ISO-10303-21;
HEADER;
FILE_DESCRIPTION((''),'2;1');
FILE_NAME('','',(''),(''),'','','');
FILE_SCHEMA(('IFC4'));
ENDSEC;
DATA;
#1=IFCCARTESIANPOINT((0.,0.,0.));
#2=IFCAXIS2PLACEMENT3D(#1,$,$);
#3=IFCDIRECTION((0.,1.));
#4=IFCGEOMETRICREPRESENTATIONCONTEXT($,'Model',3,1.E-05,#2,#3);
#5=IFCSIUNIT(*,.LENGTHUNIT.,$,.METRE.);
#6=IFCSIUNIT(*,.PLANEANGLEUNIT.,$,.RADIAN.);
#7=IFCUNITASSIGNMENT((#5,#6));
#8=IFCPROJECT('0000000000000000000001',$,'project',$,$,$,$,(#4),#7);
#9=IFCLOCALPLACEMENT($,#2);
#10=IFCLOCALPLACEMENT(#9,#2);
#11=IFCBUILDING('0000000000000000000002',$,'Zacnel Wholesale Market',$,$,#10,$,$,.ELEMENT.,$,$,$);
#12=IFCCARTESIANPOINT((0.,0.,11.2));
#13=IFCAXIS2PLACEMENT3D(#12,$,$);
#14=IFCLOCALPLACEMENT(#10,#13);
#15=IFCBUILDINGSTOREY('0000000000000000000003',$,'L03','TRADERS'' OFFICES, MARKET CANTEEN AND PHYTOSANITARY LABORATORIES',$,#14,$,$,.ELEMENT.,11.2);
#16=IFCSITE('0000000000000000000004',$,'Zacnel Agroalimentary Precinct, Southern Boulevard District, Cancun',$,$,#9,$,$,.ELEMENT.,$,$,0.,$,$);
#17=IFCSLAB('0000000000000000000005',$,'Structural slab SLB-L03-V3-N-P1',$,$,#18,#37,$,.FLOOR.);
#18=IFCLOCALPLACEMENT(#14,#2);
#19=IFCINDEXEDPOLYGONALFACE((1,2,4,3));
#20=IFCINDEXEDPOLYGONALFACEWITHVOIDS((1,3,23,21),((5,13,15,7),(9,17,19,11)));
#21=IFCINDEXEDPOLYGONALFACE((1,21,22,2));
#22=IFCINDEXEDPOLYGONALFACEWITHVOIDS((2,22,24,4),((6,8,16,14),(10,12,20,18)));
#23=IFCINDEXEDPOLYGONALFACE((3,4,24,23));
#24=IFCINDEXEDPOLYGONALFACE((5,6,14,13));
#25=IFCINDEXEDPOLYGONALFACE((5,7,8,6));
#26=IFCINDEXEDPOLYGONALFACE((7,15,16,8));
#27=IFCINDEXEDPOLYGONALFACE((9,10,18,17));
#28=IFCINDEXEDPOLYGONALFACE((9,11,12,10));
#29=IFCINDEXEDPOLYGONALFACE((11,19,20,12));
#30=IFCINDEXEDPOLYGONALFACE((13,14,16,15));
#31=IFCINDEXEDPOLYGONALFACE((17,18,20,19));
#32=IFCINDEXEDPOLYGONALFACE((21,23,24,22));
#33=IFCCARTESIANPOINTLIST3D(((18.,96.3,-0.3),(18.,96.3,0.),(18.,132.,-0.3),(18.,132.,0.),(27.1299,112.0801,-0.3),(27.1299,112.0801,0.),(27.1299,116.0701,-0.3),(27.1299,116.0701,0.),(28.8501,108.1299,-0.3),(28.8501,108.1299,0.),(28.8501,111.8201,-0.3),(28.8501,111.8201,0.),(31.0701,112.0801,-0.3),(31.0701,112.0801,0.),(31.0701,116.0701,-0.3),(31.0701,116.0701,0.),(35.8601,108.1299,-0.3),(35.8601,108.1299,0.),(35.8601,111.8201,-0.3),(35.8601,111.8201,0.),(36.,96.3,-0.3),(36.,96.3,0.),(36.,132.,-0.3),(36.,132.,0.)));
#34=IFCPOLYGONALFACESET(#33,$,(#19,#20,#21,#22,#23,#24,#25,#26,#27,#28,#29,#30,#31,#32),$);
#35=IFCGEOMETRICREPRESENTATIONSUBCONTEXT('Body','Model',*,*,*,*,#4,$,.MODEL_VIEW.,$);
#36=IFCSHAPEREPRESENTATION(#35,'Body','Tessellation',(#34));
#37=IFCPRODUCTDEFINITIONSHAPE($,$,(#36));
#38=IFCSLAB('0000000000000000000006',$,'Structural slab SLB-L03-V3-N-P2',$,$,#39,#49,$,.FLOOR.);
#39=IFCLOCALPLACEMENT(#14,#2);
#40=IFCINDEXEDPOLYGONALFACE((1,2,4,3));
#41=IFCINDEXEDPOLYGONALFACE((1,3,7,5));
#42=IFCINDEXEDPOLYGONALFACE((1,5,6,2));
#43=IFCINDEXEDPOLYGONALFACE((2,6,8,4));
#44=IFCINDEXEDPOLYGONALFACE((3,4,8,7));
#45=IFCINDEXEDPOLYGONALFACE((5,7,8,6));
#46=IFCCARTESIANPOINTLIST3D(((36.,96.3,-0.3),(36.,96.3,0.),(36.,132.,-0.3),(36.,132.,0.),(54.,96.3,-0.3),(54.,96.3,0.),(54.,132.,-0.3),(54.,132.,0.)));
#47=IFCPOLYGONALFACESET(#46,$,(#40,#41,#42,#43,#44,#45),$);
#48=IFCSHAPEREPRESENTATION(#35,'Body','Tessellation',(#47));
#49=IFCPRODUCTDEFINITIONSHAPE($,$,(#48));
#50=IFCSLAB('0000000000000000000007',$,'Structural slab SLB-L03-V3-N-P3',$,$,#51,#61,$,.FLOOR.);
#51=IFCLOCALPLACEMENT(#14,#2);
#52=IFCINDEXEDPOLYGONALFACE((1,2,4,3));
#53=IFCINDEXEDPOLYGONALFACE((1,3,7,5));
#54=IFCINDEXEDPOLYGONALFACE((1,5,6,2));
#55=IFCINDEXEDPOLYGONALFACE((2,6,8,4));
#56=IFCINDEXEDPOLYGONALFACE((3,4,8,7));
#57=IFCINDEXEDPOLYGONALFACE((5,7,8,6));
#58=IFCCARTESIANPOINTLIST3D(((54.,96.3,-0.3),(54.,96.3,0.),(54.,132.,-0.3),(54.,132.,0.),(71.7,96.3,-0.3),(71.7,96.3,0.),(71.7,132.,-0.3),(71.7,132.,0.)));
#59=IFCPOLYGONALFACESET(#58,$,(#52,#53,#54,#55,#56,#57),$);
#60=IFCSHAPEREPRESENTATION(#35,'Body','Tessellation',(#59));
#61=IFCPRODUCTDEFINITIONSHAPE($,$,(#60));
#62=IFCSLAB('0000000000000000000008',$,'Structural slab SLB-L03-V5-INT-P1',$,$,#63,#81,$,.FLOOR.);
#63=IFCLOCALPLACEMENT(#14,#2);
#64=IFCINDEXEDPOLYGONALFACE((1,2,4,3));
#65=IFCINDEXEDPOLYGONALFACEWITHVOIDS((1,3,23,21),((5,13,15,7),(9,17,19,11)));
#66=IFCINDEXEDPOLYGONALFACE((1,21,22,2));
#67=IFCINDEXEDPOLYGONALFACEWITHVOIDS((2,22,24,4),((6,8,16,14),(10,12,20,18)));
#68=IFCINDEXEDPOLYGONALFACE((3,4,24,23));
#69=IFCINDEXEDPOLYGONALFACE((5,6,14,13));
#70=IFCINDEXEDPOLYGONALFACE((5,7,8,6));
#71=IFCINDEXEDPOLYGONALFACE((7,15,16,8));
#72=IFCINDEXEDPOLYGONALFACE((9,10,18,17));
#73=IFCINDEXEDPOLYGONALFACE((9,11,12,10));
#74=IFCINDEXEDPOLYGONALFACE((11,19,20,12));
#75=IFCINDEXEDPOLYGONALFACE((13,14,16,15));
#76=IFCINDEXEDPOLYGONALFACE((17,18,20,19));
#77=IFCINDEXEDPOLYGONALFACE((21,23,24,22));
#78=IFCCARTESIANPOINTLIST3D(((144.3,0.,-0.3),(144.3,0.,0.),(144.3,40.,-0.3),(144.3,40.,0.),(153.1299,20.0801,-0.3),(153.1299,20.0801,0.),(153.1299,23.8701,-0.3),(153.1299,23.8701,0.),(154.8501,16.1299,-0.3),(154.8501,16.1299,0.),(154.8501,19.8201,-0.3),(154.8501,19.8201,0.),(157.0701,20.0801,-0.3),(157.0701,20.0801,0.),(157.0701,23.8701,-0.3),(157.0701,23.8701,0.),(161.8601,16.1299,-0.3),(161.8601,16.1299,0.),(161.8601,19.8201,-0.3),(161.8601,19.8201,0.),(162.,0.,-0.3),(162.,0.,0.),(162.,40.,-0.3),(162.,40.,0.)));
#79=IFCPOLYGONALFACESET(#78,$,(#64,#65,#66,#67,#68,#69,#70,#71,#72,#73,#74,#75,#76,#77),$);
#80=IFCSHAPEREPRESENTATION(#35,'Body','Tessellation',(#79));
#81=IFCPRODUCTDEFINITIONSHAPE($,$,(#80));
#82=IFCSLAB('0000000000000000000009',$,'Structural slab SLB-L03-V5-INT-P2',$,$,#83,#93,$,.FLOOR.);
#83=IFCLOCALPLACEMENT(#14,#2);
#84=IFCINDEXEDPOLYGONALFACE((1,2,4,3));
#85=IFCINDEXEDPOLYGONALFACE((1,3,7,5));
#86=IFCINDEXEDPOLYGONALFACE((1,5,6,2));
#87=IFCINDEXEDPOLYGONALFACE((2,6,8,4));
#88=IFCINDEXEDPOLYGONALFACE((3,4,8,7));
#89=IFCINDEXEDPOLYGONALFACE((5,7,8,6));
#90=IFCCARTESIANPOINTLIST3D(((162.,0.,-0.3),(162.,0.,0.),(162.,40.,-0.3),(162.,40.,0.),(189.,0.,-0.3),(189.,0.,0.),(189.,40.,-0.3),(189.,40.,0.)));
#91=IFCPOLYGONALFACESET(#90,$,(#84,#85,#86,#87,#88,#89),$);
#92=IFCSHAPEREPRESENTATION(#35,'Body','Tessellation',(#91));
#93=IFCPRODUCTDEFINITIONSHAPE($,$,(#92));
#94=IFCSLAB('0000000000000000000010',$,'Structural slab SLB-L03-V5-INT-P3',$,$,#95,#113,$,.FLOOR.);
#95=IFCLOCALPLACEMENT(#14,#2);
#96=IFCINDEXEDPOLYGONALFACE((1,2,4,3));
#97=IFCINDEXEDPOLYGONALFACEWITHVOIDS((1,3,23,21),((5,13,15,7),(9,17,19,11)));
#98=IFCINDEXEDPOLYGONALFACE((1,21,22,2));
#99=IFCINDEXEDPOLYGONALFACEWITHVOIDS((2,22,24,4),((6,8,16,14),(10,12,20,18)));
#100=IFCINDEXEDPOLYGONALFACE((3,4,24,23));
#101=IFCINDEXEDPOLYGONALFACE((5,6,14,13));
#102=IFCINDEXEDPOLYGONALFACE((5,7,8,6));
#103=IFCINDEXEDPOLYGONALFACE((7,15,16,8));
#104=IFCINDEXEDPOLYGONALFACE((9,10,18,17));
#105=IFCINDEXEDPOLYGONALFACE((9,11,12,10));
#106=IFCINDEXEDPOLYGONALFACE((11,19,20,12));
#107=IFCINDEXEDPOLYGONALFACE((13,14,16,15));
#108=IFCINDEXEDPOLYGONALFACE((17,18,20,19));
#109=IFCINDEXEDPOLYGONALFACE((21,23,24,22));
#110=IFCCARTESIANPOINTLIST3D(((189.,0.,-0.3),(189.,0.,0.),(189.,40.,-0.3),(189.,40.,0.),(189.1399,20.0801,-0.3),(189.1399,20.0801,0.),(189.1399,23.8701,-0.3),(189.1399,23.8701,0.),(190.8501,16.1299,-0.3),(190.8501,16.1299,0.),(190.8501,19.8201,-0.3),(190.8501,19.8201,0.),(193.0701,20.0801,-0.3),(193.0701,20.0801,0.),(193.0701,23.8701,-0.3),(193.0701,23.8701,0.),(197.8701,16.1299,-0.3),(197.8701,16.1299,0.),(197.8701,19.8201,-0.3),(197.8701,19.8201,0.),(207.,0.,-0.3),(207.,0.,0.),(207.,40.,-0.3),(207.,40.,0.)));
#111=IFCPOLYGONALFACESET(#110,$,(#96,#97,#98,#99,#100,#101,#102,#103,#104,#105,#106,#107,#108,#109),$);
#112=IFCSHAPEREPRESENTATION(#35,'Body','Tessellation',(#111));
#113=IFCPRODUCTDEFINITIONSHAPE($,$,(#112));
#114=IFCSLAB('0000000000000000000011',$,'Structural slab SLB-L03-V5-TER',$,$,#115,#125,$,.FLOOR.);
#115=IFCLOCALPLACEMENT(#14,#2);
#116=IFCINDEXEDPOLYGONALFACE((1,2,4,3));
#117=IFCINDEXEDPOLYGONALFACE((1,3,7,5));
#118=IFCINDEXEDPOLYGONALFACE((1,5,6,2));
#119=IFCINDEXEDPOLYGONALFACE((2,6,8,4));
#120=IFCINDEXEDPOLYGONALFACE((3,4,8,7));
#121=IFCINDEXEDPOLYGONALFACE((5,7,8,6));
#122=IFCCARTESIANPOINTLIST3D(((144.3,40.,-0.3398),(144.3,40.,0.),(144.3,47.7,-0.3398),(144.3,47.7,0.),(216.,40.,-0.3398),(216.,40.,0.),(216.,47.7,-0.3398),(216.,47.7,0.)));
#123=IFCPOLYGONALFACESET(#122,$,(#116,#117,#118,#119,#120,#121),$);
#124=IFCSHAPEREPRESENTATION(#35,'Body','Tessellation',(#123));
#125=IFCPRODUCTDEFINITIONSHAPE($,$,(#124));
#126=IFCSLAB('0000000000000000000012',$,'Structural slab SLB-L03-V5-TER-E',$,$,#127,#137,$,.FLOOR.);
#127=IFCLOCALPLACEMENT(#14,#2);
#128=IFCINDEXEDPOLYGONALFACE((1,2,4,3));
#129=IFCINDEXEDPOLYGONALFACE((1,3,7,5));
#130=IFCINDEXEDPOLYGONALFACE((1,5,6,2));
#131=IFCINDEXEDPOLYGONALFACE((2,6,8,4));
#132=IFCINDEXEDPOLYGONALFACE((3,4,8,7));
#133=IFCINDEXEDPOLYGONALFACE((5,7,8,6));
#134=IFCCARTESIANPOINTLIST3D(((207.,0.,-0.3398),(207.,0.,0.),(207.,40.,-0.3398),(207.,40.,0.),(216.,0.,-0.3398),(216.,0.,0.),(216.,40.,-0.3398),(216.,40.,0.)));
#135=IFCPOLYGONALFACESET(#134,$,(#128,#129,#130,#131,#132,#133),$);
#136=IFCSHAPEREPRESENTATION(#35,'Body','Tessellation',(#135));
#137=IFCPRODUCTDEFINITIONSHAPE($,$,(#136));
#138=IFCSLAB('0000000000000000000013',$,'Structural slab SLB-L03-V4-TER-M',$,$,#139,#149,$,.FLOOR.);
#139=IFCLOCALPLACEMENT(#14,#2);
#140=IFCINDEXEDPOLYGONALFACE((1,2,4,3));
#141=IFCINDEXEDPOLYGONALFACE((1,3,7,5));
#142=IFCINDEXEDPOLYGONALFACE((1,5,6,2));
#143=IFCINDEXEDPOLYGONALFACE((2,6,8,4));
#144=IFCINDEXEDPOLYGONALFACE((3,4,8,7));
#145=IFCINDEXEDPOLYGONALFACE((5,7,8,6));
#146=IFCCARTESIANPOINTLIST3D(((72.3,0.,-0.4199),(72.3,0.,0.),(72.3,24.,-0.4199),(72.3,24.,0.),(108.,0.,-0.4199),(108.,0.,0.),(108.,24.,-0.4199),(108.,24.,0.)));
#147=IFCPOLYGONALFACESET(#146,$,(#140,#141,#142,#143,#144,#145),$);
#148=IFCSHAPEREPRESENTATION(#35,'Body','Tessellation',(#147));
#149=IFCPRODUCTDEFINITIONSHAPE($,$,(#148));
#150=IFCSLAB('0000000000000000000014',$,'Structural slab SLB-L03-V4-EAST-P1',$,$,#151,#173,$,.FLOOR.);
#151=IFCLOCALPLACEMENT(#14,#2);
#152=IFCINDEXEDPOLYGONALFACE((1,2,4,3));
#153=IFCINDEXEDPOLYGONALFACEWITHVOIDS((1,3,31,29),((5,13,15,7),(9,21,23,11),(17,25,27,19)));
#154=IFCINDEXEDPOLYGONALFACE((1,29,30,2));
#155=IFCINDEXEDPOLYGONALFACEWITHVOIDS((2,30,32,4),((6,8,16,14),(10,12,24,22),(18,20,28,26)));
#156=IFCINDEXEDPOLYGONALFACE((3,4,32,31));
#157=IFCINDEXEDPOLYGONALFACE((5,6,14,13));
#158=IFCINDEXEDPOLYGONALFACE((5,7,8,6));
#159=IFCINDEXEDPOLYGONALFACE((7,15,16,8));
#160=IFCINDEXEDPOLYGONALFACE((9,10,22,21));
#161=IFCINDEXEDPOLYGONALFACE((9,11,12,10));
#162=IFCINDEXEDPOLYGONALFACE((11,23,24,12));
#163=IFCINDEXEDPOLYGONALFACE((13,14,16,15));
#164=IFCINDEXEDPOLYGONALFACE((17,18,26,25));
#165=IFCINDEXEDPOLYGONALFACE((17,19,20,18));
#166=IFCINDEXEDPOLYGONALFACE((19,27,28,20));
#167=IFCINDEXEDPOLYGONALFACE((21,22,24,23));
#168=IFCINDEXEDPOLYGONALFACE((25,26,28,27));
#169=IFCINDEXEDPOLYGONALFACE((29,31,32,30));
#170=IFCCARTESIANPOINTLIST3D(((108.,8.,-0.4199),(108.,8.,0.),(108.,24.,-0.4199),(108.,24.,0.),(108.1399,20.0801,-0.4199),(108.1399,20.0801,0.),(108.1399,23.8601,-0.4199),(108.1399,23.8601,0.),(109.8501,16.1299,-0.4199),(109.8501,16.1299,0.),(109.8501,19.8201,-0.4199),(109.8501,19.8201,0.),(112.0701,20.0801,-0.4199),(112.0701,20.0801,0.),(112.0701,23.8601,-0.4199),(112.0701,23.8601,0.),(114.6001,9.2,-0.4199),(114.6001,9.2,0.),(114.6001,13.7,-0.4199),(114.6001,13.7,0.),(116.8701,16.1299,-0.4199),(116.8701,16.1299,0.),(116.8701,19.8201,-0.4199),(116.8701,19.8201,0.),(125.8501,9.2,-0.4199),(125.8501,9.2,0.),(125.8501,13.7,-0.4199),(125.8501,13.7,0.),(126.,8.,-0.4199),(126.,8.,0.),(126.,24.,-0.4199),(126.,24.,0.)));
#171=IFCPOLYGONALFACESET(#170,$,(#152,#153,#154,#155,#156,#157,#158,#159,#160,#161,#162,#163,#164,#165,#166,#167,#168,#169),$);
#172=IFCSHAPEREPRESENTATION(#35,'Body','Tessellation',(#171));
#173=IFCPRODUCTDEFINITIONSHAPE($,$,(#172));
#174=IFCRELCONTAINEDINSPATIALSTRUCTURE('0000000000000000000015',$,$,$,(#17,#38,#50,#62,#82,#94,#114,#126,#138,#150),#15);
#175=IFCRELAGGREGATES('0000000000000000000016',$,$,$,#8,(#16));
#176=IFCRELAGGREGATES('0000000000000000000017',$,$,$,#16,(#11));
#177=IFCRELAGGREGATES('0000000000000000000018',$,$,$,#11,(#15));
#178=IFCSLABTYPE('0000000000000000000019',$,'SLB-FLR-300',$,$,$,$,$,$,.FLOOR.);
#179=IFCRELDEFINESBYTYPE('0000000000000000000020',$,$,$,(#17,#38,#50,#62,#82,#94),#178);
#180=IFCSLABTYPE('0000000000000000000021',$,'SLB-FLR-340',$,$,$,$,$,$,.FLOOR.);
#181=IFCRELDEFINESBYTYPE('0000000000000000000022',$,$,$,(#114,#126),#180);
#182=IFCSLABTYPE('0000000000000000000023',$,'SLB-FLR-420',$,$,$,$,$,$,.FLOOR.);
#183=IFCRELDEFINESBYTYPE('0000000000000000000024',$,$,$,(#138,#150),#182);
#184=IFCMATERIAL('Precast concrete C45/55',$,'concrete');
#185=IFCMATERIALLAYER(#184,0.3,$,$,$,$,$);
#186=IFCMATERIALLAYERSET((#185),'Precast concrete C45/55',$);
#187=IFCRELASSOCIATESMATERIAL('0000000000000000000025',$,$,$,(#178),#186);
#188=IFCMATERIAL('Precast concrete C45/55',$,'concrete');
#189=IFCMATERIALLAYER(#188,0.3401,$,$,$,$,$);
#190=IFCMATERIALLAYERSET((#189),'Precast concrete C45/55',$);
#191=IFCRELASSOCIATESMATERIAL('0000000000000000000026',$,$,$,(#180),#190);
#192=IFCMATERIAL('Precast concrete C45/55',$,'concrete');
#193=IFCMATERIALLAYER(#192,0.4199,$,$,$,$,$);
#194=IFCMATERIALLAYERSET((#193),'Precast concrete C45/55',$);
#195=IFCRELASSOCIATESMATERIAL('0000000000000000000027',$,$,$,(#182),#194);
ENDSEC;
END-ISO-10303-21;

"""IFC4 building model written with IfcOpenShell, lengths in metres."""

from ifc_helpers import new_model, si_unit, direction, frame, origin, place, context, subcontext, project, spatial, polyline, outline, extrude, material, layer, layer_set, type_object, element, save


model = new_model("IFC4")

# Units and contexts
model_context = context("Model", 3, precision=1e-05, world=origin(), true_north=direction((0.0, 1.0)))
body_context = subcontext(model_context, "Body", "Model", "MODEL_VIEW")
ifc_project = project(units=[si_unit("LENGTHUNIT", "METRE"), si_unit("PLANEANGLEUNIT", "RADIAN")], contexts=[model_context])

# Site, building, storey
site_placement = place(None, origin())
site = spatial("IfcSite", under=ifc_project, at=site_placement, Name="Zacnel Agroalimentary Precinct, Southern Boulevard District, Cancun", CompositionType="ELEMENT", RefElevation=0.0)
building_placement = place(site_placement, origin())
building = spatial("IfcBuilding", under=site, at=building_placement, Name="Zacnel Wholesale Market", CompositionType="ELEMENT")
storey_placement = place(building_placement, frame((0.0, 0.0, 11.2)))
storey = spatial("IfcBuildingStorey", under=building, at=storey_placement, Name="L03", Description="TRADERS' OFFICES, MARKET CANTEEN AND PHYTOSANITARY LABORATORIES", CompositionType="ELEMENT", Elevation=11.2)

# Slabs
ifc_material_1 = material(Name="Precast concrete C45/55", Category="concrete")
ifc_layer_1 = layer(ifc_material_1, 0.3)
ifc_layer_set_1 = layer_set([ifc_layer_1], Name="Precast concrete C45/55")
slab_type_1 = type_object("IfcSlabType", Name="SLB-FLR-300", PredefinedType="FLOOR", material=ifc_layer_set_1)
slab_1_placement = place(storey_placement, frame((0.0, 0.0, -0.3)))
element("IfcSlab", 1, at=slab_1_placement, inside=storey, type_object=slab_type_1, Name="Structural slab SLB-L03-V3-N-P1", PredefinedType="FLOOR", context=body_context, shape_type="SweptSolid", body=[
    extrude(outline(polyline([(36.0, 132.0), (36.0, 96.3), (18.0, 96.3), (18.0, 132.0), (36.0, 132.0)]), holes=[polyline([(28.8501, 108.1299), (35.8601, 108.1299), (35.8601, 111.8201), (28.8501, 111.8201), (28.8501, 108.1299)]), polyline([(27.1299, 112.0801), (31.0701, 112.0801), (31.0701, 116.0701), (27.1299, 116.0701), (27.1299, 112.0801)])]), origin(), (0.0, 0.0, 1.0), 0.3),
])
slab_2_placement = place(storey_placement, frame((0.0, 0.0, -0.3)))
element("IfcSlab", 2, at=slab_2_placement, inside=storey, type_object=slab_type_1, Name="Structural slab SLB-L03-V3-N-P2", PredefinedType="FLOOR", context=body_context, shape_type="SweptSolid", body=[
    extrude(outline(polyline([(54.0, 132.0), (54.0, 96.3), (36.0, 96.3), (36.0, 132.0), (54.0, 132.0)])), origin(), (0.0, 0.0, 1.0), 0.3),
])
slab_3_placement = place(storey_placement, frame((0.0, 0.0, -0.3)))
element("IfcSlab", 3, at=slab_3_placement, inside=storey, type_object=slab_type_1, Name="Structural slab SLB-L03-V3-N-P3", PredefinedType="FLOOR", context=body_context, shape_type="SweptSolid", body=[
    extrude(outline(polyline([(71.7, 96.3), (54.0, 96.3), (54.0, 132.0), (71.7, 132.0), (71.7, 96.3)])), origin(), (0.0, 0.0, 1.0), 0.3),
])
slab_4_placement = place(storey_placement, frame((0.0, 0.0, -0.3)))
element("IfcSlab", 4, at=slab_4_placement, inside=storey, type_object=slab_type_1, Name="Structural slab SLB-L03-V5-INT-P1", PredefinedType="FLOOR", context=body_context, shape_type="SweptSolid", body=[
    extrude(outline(polyline([(162.0, 40.0), (162.0, 0.0), (144.3, 0.0), (144.3, 40.0), (162.0, 40.0)]), holes=[polyline([(154.8501, 16.1299), (161.8601, 16.1299), (161.8601, 19.8201), (154.8501, 19.8201), (154.8501, 16.1299)]), polyline([(153.1299, 20.0801), (157.0701, 20.0801), (157.0701, 23.8701), (153.1299, 23.8701), (153.1299, 20.0801)])]), origin(), (0.0, 0.0, 1.0), 0.3),
])
slab_5_placement = place(storey_placement, frame((0.0, 0.0, -0.3)))
element("IfcSlab", 5, at=slab_5_placement, inside=storey, type_object=slab_type_1, Name="Structural slab SLB-L03-V5-INT-P2", PredefinedType="FLOOR", context=body_context, shape_type="SweptSolid", body=[
    extrude(outline(polyline([(189.0, 40.0), (189.0, 0.0), (162.0, 0.0), (162.0, 40.0), (189.0, 40.0)])), origin(), (0.0, 0.0, 1.0), 0.3),
])
slab_6_placement = place(storey_placement, frame((0.0, 0.0, -0.3)))
element("IfcSlab", 6, at=slab_6_placement, inside=storey, type_object=slab_type_1, Name="Structural slab SLB-L03-V5-INT-P3", PredefinedType="FLOOR", context=body_context, shape_type="SweptSolid", body=[
    extrude(outline(polyline([(207.0, 0.0), (189.0, 0.0), (189.0, 40.0), (207.0, 40.0), (207.0, 0.0)]), holes=[polyline([(190.8501, 16.1299), (197.8701, 16.1299), (197.8701, 19.8201), (190.8501, 19.8201), (190.8501, 16.1299)]), polyline([(189.1399, 20.0801), (193.0701, 20.0801), (193.0701, 23.8701), (189.1399, 23.8701), (189.1399, 20.0801)])]), origin(), (0.0, 0.0, 1.0), 0.3),
])
ifc_material_2 = material(Name="Precast concrete C45/55", Category="concrete")
ifc_layer_2 = layer(ifc_material_2, 0.3401)
ifc_layer_set_2 = layer_set([ifc_layer_2], Name="Precast concrete C45/55")
slab_type_2 = type_object("IfcSlabType", Name="SLB-FLR-340", PredefinedType="FLOOR", material=ifc_layer_set_2)
slab_7_placement = place(storey_placement, frame((0.0, 0.0, -0.3398)))
element("IfcSlab", 7, at=slab_7_placement, inside=storey, type_object=slab_type_2, Name="Structural slab SLB-L03-V5-TER", PredefinedType="FLOOR", context=body_context, shape_type="SweptSolid", body=[
    extrude(outline(polyline([(216.0, 40.0), (216.0, 47.7), (144.3, 47.7), (144.3, 40.0), (216.0, 40.0)])), origin(), (0.0, 0.0, 1.0), 0.3398),
])
slab_8_placement = place(storey_placement, frame((0.0, 0.0, -0.3398)))
element("IfcSlab", 8, at=slab_8_placement, inside=storey, type_object=slab_type_2, Name="Structural slab SLB-L03-V5-TER-E", PredefinedType="FLOOR", context=body_context, shape_type="SweptSolid", body=[
    extrude(outline(polyline([(216.0, 0.0), (216.0, 40.0), (207.0, 40.0), (207.0, 0.0), (216.0, 0.0)])), origin(), (0.0, 0.0, 1.0), 0.3398),
])
ifc_material_3 = material(Name="Precast concrete C45/55", Category="concrete")
ifc_layer_3 = layer(ifc_material_3, 0.4199)
ifc_layer_set_3 = layer_set([ifc_layer_3], Name="Precast concrete C45/55")
slab_type_3 = type_object("IfcSlabType", Name="SLB-FLR-420", PredefinedType="FLOOR", material=ifc_layer_set_3)
slab_9_placement = place(storey_placement, frame((0.0, 0.0, -0.4199)))
element("IfcSlab", 9, at=slab_9_placement, inside=storey, type_object=slab_type_3, Name="Structural slab SLB-L03-V4-TER-M", PredefinedType="FLOOR", context=body_context, shape_type="SweptSolid", body=[
    extrude(outline(polyline([(108.0, 0.0), (108.0, 24.0), (72.3, 24.0), (72.3, 0.0), (108.0, 0.0)])), origin(), (0.0, 0.0, 1.0), 0.4199),
])
slab_10_placement = place(storey_placement, frame((0.0, 0.0, -0.4199)))
element("IfcSlab", 10, at=slab_10_placement, inside=storey, type_object=slab_type_3, Name="Structural slab SLB-L03-V4-EAST-P1", PredefinedType="FLOOR", context=body_context, shape_type="SweptSolid", body=[
    extrude(outline(polyline([(126.0, 24.0), (126.0, 8.0), (108.0, 8.0), (108.0, 24.0), (126.0, 24.0)]), holes=[polyline([(109.8501, 16.1299), (116.8701, 16.1299), (116.8701, 19.8201), (109.8501, 19.8201), (109.8501, 16.1299)]), polyline([(108.1399, 20.0801), (112.0701, 20.0801), (112.0701, 23.8601), (108.1399, 23.8601), (108.1399, 20.0801)]), polyline([(114.6001, 9.2), (125.8501, 9.2), (125.8501, 13.7), (114.6001, 13.7), (114.6001, 9.2)])]), origin(), (0.0, 0.0, 1.0), 0.4199),
])

save(model, "model.ifc")
